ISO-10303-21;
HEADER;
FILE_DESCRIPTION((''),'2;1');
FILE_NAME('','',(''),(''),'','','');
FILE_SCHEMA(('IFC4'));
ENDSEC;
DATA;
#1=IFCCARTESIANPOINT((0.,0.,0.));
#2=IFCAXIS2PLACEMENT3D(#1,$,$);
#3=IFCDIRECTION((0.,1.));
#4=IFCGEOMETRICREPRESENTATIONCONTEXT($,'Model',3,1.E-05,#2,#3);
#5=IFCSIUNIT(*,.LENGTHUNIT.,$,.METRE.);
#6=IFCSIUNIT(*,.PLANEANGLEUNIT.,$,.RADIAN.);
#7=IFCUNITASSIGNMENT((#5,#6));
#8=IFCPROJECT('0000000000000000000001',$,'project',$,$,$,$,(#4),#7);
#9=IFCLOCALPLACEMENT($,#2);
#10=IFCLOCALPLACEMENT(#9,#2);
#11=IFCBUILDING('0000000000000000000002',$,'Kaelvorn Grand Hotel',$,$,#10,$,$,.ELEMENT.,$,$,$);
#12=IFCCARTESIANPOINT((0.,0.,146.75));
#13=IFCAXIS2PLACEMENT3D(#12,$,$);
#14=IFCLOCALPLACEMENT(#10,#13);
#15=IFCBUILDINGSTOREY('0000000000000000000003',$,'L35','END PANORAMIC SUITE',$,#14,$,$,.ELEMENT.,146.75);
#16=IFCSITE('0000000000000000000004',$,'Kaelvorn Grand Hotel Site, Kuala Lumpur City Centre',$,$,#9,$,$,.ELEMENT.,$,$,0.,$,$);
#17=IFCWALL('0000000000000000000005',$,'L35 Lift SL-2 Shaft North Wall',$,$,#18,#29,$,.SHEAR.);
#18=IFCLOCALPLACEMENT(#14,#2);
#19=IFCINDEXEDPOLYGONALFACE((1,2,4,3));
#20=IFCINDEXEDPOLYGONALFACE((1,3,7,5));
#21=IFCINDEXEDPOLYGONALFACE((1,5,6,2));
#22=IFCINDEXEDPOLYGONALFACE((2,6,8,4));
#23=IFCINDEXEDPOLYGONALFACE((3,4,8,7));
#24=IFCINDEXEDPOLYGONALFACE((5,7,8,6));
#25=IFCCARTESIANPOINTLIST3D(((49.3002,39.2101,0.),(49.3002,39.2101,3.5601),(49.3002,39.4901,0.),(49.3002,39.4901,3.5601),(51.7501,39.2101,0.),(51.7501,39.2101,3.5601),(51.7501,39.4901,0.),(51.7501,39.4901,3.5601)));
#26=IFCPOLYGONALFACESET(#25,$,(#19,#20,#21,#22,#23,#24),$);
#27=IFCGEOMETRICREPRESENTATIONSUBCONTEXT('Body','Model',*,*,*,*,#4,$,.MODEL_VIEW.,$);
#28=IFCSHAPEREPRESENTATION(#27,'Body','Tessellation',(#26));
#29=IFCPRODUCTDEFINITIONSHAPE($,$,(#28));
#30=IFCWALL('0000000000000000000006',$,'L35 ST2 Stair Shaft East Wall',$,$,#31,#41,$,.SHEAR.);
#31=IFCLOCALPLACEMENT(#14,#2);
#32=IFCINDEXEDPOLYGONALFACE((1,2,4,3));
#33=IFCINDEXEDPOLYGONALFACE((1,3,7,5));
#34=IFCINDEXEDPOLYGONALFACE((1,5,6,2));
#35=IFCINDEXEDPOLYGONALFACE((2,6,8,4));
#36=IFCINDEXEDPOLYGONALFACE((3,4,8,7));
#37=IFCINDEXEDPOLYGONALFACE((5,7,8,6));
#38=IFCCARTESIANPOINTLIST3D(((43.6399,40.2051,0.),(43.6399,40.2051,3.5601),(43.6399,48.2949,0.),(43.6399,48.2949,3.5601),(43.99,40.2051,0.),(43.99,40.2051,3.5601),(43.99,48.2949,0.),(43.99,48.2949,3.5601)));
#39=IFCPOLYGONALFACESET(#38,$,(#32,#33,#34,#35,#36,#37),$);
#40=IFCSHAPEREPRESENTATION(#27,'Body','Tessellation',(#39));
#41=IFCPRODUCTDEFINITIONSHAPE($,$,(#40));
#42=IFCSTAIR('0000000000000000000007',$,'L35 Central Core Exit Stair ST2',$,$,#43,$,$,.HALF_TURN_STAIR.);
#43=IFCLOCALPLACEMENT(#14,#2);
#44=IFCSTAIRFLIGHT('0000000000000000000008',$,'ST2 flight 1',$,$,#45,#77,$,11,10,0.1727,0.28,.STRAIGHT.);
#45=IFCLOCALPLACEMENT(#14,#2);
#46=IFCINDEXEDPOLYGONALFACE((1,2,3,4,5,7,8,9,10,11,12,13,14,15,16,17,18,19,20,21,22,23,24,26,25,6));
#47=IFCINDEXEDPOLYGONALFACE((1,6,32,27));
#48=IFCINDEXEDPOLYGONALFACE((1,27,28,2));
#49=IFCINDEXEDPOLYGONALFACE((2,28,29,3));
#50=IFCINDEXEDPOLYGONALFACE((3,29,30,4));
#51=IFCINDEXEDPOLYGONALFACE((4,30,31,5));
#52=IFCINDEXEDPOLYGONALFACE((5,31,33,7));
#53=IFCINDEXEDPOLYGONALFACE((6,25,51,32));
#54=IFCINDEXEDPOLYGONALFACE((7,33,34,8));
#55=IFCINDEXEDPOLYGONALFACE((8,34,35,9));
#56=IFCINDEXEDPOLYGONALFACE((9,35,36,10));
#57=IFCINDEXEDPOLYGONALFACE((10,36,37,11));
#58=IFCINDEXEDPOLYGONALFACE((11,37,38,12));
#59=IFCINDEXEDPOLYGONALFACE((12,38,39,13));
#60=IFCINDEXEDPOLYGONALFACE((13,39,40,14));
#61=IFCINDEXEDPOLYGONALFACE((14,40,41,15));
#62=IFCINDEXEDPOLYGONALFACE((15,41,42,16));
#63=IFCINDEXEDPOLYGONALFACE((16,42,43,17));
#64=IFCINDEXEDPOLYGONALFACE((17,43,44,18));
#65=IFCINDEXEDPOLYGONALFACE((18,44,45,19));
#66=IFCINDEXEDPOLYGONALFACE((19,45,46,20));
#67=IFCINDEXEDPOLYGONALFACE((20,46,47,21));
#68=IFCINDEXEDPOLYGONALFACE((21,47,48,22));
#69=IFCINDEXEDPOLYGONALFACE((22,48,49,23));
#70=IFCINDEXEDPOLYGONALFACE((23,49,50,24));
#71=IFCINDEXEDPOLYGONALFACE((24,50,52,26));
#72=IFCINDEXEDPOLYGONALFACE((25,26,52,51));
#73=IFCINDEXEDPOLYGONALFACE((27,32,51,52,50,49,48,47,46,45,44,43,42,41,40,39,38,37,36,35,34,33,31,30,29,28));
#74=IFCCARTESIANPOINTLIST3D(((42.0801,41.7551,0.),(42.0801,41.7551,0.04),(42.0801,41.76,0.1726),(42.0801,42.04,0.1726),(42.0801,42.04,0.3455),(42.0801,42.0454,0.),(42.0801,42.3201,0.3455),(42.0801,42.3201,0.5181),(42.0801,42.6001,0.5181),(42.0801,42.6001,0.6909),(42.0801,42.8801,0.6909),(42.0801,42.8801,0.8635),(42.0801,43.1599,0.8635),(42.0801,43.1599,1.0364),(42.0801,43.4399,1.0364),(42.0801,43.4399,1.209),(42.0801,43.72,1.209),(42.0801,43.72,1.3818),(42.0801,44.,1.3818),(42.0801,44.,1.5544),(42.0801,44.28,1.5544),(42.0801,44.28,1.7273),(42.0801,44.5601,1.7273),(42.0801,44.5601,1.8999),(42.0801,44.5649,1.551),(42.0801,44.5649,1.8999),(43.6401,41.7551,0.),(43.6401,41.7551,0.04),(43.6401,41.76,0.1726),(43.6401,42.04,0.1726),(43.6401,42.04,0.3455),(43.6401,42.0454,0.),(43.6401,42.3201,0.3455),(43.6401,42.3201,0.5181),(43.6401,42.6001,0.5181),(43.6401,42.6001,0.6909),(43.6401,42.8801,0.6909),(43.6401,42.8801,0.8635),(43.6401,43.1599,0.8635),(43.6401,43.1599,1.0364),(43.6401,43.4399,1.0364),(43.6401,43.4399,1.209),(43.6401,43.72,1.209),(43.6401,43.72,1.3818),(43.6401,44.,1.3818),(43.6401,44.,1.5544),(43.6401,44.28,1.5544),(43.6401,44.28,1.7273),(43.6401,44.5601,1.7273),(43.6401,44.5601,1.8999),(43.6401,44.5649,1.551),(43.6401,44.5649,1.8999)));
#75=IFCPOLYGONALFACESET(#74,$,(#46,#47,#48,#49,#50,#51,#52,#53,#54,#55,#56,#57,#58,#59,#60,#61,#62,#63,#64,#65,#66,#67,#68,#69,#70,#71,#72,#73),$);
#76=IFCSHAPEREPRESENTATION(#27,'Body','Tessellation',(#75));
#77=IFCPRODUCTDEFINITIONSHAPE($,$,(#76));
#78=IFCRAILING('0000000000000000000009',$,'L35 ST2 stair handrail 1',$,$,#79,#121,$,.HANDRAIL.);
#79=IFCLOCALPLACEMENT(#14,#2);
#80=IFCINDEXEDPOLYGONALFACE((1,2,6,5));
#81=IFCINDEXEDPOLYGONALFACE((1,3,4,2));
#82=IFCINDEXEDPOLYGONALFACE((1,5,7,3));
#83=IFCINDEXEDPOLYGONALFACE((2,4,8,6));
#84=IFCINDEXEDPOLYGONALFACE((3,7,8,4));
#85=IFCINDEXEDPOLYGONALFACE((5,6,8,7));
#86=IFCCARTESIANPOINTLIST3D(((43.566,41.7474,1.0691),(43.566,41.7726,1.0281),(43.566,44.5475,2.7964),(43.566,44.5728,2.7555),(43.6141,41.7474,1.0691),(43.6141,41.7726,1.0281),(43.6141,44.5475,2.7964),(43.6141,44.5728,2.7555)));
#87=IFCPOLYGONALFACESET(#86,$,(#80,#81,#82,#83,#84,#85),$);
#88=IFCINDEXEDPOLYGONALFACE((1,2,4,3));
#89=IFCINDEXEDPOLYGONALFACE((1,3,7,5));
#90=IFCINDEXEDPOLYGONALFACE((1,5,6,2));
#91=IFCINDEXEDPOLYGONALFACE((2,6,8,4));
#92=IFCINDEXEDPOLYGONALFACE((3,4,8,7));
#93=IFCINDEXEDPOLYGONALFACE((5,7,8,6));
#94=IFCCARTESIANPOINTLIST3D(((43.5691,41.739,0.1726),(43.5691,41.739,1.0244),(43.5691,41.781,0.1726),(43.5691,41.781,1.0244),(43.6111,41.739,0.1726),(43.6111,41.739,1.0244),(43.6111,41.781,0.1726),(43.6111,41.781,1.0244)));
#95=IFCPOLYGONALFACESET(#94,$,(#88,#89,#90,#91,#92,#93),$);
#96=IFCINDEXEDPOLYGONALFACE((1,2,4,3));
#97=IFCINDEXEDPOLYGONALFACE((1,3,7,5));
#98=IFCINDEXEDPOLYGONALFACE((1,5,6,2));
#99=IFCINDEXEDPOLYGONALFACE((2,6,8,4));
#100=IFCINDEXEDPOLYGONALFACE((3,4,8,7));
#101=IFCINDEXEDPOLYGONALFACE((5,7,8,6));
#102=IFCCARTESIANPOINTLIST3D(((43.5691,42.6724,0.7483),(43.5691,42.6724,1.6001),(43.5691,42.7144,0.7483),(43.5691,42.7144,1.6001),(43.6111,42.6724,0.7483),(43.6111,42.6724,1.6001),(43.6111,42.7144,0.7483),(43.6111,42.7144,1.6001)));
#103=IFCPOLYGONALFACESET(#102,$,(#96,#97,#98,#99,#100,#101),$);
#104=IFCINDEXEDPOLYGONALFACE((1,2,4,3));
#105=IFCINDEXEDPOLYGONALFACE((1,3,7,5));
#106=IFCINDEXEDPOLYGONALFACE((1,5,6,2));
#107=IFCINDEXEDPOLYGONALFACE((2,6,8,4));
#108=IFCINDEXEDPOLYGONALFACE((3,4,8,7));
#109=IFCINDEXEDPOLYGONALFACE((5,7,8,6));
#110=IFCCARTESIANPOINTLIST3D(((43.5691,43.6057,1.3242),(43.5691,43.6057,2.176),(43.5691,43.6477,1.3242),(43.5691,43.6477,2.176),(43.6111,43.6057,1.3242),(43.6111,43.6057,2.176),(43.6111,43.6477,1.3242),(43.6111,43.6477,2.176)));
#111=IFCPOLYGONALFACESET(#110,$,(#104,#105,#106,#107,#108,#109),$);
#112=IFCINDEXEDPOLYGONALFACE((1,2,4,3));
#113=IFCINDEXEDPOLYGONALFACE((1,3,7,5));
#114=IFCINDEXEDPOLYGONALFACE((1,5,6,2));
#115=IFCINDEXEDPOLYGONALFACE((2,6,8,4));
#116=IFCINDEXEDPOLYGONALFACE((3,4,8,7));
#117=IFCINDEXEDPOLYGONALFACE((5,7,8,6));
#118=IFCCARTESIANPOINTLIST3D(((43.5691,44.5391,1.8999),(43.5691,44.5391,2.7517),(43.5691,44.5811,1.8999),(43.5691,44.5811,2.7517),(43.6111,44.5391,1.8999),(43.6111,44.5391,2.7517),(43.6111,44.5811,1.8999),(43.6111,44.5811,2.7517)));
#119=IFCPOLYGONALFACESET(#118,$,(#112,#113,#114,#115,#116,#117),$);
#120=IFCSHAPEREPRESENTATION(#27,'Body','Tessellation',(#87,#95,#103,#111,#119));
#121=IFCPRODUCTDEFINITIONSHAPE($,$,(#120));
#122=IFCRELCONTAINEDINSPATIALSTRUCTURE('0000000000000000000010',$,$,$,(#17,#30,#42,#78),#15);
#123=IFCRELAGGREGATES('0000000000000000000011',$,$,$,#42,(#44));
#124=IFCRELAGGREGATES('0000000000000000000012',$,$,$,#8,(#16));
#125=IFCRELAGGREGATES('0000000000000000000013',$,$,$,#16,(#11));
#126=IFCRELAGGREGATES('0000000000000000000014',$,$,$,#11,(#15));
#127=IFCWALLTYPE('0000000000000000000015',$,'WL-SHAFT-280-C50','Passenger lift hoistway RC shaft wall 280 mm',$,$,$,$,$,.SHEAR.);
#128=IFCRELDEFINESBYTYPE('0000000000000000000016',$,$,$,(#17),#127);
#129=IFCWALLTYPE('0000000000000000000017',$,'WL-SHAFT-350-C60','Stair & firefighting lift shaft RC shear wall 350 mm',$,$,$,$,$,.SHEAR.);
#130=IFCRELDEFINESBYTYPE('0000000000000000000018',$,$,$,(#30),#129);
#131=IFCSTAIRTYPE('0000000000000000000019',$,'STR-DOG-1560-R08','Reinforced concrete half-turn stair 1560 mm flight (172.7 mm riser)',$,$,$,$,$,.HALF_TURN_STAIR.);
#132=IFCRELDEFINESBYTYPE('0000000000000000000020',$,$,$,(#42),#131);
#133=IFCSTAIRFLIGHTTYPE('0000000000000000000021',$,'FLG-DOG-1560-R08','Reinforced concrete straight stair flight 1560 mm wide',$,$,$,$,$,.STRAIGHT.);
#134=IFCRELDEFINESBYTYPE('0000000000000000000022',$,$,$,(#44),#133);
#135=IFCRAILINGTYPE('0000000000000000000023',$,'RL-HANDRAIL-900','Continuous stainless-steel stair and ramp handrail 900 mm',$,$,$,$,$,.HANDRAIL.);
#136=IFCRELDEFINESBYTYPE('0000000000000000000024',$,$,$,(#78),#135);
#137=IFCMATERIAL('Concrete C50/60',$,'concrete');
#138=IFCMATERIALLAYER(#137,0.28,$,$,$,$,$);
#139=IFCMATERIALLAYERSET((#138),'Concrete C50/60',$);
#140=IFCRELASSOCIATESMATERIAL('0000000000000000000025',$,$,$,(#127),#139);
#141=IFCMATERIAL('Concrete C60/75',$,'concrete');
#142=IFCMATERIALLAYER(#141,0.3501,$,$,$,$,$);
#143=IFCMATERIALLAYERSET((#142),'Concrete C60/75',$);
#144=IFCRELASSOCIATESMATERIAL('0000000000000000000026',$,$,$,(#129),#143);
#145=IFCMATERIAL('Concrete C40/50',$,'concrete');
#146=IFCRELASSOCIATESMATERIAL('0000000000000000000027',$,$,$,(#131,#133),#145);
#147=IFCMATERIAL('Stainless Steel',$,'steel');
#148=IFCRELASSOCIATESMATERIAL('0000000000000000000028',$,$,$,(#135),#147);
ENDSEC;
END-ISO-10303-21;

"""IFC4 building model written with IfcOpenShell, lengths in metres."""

from ifc_helpers import new_model, si_unit, direction, frame, frame_2d, origin, origin_2d, place, context, subcontext, project, spatial, polyline, rectangle, outline, extrude, material, layer, layer_set, type_object, element, aggregate, save


model = new_model("IFC4")

# Units and contexts
model_context = context("Model", 3, precision=1e-05, world=origin(), true_north=direction((0.0, 1.0)))
body_context = subcontext(model_context, "Body", "Model", "MODEL_VIEW")
ifc_project = project(units=[si_unit("LENGTHUNIT", "METRE"), si_unit("PLANEANGLEUNIT", "RADIAN")], contexts=[model_context])

# Site, building, storey
site_placement = place(None, origin())
site = spatial("IfcSite", under=ifc_project, at=site_placement, Name="Kaelvorn Grand Hotel Site, Kuala Lumpur City Centre", CompositionType="ELEMENT", RefElevation=0.0)
building_placement = place(site_placement, origin())
building = spatial("IfcBuilding", under=site, at=building_placement, Name="Kaelvorn Grand Hotel", CompositionType="ELEMENT")
storey_placement = place(building_placement, frame((0.0, 0.0, 146.75)))
storey = spatial("IfcBuildingStorey", under=building, at=storey_placement, Name="L35", Description="END PANORAMIC SUITE", CompositionType="ELEMENT", Elevation=146.75)

# Shared definitions
ifc_material_1 = material(Name="Concrete C60/75", Category="concrete")

# Shared definitions
ifc_material_2 = material(Name="Concrete C50/60", Category="concrete")

# Shared definitions
ifc_material_3 = material(Name="Concrete C40/50", Category="concrete")

# Shared definitions
ifc_layer_1 = layer(ifc_material_2, 0.28)
ifc_layer_set_1 = layer_set([ifc_layer_1], Name="Concrete C50/60")
wall_type_1 = type_object("IfcWallType", Name="WL-SHAFT-280-C50", Description="Passenger lift hoistway RC shaft wall 280 mm", PredefinedType="SHEAR", material=ifc_layer_set_1)
ifc_material_4 = material(Name="Stainless Steel", Category="steel")

# Walls
for number, where, z_axis, x_axis, name in (
    (1, (49.3, 39.3501, 0.0), (0.0, 0.0, 1.0), (1.0, 0.0, 0.0), "L35 Lift SL-2 Shaft North Wall"),
):
    element("IfcWall", number, at=place(storey_placement, frame(where, z_axis=z_axis, x_axis=x_axis)), inside=storey, type_object=wall_type_1, Name=name, PredefinedType="SHEAR", context=body_context, shape_type="SweptSolid", body=[
        extrude(rectangle(XDim=2.45, YDim=0.28, at=frame_2d((1.2251, 0.0))), origin(), (0.0, 0.0, 1.0), 3.5601),
    ])
ifc_layer_2 = layer(ifc_material_1, 0.3501)
ifc_layer_set_2 = layer_set([ifc_layer_2], Name="Concrete C60/75")
wall_type_2 = type_object("IfcWallType", Name="WL-SHAFT-350-C60", Description="Stair & firefighting lift shaft RC shear wall 350 mm", PredefinedType="SHEAR", material=ifc_layer_set_2)
wall_1_placement = place(storey_placement, frame((43.8149, 40.2051, 0.0), z_axis=(0.0, 0.0, 1.0), x_axis=(0.0, 1.0, 0.0)))
element("IfcWall", 2, at=wall_1_placement, inside=storey, type_object=wall_type_2, Name="L35 ST2 Stair Shaft East Wall", PredefinedType="SHEAR", context=body_context, shape_type="SweptSolid", body=[
    extrude(rectangle(XDim=8.0898, YDim=0.3501, at=frame_2d((4.0449, 0.0))), origin(), (0.0, 0.0, 1.0), 3.5601),
])

# Stair, stair flight
stair_type = type_object("IfcStairType", Name="STR-DOG-1560-R08", Description="Reinforced concrete half-turn stair 1560 mm flight (172.7 mm riser)", PredefinedType="HALF_TURN_STAIR", material=ifc_material_3)
stair_placement = place(storey_placement, origin())
stair = element("IfcStair", 3, at=stair_placement, inside=storey, type_object=stair_type, Name="L35 Central Core Exit Stair ST2", PredefinedType="HALF_TURN_STAIR")
stair_flight_type = type_object("IfcStairFlightType", Name="FLG-DOG-1560-R08", Description="Reinforced concrete straight stair flight 1560 mm wide", PredefinedType="STRAIGHT", material=ifc_material_3)
stair_flight_placement = place(storey_placement, frame((42.8601, 41.76, 0.0), z_axis=(0.0, 0.0, 1.0), x_axis=(0.0, 1.0, 0.0)))
stair_flight = element("IfcStairFlight", 4, at=stair_flight_placement, type_object=stair_flight_type, Name="ST2 flight 1", NumberOfRisers=11, NumberOfTreads=10, PredefinedType="STRAIGHT", RiserHeight=0.1727, TreadLength=0.28, context=body_context, shape_type="SweptSolid", body=[
    extrude(outline(polyline([(-0.0049, 0.0), (-0.0049, 0.04), (0.0, 0.1726), (0.28, 0.1726), (0.28, 0.3455), (0.5601, 0.3455), (0.5601, 0.5181), (0.8401, 0.5181), (0.8401, 0.6909), (1.1201, 0.6909), (1.1201, 0.8635), (1.3999, 0.8635), (1.3999, 1.0364), (1.6799, 1.0364), (1.6799, 1.209), (1.96, 1.209), (1.96, 1.3818), (2.24, 1.3818), (2.24, 1.5544), (2.52, 1.5544), (2.52, 1.7273), (2.8, 1.7273), (2.8, 1.8999), (2.8049, 1.8999), (2.8049, 1.551), (0.2854, 0.0), (-0.0049, 0.0)])), frame((0.0, 0.78, 0.0), z_axis=(0.0, -1.0, 0.0), x_axis=(1.0, 0.0, 0.0)), (0.0, 0.0, 1.0), 1.5601),
])
aggregate(stair, [stair_flight])

# Railing
railing_type = type_object("IfcRailingType", Name="RL-HANDRAIL-900", Description="Continuous stainless-steel stair and ramp handrail 900 mm", PredefinedType="HANDRAIL", material=ifc_material_4)
railing_placement = place(storey_placement, frame((43.5901, 41.76, 0.1726)))
element("IfcRailing", 5, at=railing_placement, inside=storey, type_object=railing_type, Name="L35 ST2 stair handrail 1", PredefinedType="HANDRAIL", context=body_context, shape_type="SweptSolid", body=[
    extrude(rectangle(XDim=0.0481, YDim=0.0481, at=origin_2d()), frame((0.0, 0.0, 0.876), z_axis=(0.0, 0.85109, 0.52502), x_axis=(-1.0, 0.0, 0.0)), (0.0, 0.0, 1.0), 3.29),
    extrude(rectangle(XDim=0.042, YDim=0.042, at=origin_2d()), origin(), (0.0, 0.0, 1.0), 0.8518),
    extrude(rectangle(XDim=0.042, YDim=0.042, at=origin_2d()), frame((0.0, 0.9333, 0.5757)), (0.0, 0.0, 1.0), 0.8518),
    extrude(rectangle(XDim=0.042, YDim=0.042, at=origin_2d()), frame((0.0, 1.8667, 1.1516)), (0.0, 0.0, 1.0), 0.8518),
    extrude(rectangle(XDim=0.042, YDim=0.042, at=origin_2d()), frame((0.0, 2.8, 1.7273)), (0.0, 0.0, 1.0), 0.8518),
])

save(model, "model.ifc")
